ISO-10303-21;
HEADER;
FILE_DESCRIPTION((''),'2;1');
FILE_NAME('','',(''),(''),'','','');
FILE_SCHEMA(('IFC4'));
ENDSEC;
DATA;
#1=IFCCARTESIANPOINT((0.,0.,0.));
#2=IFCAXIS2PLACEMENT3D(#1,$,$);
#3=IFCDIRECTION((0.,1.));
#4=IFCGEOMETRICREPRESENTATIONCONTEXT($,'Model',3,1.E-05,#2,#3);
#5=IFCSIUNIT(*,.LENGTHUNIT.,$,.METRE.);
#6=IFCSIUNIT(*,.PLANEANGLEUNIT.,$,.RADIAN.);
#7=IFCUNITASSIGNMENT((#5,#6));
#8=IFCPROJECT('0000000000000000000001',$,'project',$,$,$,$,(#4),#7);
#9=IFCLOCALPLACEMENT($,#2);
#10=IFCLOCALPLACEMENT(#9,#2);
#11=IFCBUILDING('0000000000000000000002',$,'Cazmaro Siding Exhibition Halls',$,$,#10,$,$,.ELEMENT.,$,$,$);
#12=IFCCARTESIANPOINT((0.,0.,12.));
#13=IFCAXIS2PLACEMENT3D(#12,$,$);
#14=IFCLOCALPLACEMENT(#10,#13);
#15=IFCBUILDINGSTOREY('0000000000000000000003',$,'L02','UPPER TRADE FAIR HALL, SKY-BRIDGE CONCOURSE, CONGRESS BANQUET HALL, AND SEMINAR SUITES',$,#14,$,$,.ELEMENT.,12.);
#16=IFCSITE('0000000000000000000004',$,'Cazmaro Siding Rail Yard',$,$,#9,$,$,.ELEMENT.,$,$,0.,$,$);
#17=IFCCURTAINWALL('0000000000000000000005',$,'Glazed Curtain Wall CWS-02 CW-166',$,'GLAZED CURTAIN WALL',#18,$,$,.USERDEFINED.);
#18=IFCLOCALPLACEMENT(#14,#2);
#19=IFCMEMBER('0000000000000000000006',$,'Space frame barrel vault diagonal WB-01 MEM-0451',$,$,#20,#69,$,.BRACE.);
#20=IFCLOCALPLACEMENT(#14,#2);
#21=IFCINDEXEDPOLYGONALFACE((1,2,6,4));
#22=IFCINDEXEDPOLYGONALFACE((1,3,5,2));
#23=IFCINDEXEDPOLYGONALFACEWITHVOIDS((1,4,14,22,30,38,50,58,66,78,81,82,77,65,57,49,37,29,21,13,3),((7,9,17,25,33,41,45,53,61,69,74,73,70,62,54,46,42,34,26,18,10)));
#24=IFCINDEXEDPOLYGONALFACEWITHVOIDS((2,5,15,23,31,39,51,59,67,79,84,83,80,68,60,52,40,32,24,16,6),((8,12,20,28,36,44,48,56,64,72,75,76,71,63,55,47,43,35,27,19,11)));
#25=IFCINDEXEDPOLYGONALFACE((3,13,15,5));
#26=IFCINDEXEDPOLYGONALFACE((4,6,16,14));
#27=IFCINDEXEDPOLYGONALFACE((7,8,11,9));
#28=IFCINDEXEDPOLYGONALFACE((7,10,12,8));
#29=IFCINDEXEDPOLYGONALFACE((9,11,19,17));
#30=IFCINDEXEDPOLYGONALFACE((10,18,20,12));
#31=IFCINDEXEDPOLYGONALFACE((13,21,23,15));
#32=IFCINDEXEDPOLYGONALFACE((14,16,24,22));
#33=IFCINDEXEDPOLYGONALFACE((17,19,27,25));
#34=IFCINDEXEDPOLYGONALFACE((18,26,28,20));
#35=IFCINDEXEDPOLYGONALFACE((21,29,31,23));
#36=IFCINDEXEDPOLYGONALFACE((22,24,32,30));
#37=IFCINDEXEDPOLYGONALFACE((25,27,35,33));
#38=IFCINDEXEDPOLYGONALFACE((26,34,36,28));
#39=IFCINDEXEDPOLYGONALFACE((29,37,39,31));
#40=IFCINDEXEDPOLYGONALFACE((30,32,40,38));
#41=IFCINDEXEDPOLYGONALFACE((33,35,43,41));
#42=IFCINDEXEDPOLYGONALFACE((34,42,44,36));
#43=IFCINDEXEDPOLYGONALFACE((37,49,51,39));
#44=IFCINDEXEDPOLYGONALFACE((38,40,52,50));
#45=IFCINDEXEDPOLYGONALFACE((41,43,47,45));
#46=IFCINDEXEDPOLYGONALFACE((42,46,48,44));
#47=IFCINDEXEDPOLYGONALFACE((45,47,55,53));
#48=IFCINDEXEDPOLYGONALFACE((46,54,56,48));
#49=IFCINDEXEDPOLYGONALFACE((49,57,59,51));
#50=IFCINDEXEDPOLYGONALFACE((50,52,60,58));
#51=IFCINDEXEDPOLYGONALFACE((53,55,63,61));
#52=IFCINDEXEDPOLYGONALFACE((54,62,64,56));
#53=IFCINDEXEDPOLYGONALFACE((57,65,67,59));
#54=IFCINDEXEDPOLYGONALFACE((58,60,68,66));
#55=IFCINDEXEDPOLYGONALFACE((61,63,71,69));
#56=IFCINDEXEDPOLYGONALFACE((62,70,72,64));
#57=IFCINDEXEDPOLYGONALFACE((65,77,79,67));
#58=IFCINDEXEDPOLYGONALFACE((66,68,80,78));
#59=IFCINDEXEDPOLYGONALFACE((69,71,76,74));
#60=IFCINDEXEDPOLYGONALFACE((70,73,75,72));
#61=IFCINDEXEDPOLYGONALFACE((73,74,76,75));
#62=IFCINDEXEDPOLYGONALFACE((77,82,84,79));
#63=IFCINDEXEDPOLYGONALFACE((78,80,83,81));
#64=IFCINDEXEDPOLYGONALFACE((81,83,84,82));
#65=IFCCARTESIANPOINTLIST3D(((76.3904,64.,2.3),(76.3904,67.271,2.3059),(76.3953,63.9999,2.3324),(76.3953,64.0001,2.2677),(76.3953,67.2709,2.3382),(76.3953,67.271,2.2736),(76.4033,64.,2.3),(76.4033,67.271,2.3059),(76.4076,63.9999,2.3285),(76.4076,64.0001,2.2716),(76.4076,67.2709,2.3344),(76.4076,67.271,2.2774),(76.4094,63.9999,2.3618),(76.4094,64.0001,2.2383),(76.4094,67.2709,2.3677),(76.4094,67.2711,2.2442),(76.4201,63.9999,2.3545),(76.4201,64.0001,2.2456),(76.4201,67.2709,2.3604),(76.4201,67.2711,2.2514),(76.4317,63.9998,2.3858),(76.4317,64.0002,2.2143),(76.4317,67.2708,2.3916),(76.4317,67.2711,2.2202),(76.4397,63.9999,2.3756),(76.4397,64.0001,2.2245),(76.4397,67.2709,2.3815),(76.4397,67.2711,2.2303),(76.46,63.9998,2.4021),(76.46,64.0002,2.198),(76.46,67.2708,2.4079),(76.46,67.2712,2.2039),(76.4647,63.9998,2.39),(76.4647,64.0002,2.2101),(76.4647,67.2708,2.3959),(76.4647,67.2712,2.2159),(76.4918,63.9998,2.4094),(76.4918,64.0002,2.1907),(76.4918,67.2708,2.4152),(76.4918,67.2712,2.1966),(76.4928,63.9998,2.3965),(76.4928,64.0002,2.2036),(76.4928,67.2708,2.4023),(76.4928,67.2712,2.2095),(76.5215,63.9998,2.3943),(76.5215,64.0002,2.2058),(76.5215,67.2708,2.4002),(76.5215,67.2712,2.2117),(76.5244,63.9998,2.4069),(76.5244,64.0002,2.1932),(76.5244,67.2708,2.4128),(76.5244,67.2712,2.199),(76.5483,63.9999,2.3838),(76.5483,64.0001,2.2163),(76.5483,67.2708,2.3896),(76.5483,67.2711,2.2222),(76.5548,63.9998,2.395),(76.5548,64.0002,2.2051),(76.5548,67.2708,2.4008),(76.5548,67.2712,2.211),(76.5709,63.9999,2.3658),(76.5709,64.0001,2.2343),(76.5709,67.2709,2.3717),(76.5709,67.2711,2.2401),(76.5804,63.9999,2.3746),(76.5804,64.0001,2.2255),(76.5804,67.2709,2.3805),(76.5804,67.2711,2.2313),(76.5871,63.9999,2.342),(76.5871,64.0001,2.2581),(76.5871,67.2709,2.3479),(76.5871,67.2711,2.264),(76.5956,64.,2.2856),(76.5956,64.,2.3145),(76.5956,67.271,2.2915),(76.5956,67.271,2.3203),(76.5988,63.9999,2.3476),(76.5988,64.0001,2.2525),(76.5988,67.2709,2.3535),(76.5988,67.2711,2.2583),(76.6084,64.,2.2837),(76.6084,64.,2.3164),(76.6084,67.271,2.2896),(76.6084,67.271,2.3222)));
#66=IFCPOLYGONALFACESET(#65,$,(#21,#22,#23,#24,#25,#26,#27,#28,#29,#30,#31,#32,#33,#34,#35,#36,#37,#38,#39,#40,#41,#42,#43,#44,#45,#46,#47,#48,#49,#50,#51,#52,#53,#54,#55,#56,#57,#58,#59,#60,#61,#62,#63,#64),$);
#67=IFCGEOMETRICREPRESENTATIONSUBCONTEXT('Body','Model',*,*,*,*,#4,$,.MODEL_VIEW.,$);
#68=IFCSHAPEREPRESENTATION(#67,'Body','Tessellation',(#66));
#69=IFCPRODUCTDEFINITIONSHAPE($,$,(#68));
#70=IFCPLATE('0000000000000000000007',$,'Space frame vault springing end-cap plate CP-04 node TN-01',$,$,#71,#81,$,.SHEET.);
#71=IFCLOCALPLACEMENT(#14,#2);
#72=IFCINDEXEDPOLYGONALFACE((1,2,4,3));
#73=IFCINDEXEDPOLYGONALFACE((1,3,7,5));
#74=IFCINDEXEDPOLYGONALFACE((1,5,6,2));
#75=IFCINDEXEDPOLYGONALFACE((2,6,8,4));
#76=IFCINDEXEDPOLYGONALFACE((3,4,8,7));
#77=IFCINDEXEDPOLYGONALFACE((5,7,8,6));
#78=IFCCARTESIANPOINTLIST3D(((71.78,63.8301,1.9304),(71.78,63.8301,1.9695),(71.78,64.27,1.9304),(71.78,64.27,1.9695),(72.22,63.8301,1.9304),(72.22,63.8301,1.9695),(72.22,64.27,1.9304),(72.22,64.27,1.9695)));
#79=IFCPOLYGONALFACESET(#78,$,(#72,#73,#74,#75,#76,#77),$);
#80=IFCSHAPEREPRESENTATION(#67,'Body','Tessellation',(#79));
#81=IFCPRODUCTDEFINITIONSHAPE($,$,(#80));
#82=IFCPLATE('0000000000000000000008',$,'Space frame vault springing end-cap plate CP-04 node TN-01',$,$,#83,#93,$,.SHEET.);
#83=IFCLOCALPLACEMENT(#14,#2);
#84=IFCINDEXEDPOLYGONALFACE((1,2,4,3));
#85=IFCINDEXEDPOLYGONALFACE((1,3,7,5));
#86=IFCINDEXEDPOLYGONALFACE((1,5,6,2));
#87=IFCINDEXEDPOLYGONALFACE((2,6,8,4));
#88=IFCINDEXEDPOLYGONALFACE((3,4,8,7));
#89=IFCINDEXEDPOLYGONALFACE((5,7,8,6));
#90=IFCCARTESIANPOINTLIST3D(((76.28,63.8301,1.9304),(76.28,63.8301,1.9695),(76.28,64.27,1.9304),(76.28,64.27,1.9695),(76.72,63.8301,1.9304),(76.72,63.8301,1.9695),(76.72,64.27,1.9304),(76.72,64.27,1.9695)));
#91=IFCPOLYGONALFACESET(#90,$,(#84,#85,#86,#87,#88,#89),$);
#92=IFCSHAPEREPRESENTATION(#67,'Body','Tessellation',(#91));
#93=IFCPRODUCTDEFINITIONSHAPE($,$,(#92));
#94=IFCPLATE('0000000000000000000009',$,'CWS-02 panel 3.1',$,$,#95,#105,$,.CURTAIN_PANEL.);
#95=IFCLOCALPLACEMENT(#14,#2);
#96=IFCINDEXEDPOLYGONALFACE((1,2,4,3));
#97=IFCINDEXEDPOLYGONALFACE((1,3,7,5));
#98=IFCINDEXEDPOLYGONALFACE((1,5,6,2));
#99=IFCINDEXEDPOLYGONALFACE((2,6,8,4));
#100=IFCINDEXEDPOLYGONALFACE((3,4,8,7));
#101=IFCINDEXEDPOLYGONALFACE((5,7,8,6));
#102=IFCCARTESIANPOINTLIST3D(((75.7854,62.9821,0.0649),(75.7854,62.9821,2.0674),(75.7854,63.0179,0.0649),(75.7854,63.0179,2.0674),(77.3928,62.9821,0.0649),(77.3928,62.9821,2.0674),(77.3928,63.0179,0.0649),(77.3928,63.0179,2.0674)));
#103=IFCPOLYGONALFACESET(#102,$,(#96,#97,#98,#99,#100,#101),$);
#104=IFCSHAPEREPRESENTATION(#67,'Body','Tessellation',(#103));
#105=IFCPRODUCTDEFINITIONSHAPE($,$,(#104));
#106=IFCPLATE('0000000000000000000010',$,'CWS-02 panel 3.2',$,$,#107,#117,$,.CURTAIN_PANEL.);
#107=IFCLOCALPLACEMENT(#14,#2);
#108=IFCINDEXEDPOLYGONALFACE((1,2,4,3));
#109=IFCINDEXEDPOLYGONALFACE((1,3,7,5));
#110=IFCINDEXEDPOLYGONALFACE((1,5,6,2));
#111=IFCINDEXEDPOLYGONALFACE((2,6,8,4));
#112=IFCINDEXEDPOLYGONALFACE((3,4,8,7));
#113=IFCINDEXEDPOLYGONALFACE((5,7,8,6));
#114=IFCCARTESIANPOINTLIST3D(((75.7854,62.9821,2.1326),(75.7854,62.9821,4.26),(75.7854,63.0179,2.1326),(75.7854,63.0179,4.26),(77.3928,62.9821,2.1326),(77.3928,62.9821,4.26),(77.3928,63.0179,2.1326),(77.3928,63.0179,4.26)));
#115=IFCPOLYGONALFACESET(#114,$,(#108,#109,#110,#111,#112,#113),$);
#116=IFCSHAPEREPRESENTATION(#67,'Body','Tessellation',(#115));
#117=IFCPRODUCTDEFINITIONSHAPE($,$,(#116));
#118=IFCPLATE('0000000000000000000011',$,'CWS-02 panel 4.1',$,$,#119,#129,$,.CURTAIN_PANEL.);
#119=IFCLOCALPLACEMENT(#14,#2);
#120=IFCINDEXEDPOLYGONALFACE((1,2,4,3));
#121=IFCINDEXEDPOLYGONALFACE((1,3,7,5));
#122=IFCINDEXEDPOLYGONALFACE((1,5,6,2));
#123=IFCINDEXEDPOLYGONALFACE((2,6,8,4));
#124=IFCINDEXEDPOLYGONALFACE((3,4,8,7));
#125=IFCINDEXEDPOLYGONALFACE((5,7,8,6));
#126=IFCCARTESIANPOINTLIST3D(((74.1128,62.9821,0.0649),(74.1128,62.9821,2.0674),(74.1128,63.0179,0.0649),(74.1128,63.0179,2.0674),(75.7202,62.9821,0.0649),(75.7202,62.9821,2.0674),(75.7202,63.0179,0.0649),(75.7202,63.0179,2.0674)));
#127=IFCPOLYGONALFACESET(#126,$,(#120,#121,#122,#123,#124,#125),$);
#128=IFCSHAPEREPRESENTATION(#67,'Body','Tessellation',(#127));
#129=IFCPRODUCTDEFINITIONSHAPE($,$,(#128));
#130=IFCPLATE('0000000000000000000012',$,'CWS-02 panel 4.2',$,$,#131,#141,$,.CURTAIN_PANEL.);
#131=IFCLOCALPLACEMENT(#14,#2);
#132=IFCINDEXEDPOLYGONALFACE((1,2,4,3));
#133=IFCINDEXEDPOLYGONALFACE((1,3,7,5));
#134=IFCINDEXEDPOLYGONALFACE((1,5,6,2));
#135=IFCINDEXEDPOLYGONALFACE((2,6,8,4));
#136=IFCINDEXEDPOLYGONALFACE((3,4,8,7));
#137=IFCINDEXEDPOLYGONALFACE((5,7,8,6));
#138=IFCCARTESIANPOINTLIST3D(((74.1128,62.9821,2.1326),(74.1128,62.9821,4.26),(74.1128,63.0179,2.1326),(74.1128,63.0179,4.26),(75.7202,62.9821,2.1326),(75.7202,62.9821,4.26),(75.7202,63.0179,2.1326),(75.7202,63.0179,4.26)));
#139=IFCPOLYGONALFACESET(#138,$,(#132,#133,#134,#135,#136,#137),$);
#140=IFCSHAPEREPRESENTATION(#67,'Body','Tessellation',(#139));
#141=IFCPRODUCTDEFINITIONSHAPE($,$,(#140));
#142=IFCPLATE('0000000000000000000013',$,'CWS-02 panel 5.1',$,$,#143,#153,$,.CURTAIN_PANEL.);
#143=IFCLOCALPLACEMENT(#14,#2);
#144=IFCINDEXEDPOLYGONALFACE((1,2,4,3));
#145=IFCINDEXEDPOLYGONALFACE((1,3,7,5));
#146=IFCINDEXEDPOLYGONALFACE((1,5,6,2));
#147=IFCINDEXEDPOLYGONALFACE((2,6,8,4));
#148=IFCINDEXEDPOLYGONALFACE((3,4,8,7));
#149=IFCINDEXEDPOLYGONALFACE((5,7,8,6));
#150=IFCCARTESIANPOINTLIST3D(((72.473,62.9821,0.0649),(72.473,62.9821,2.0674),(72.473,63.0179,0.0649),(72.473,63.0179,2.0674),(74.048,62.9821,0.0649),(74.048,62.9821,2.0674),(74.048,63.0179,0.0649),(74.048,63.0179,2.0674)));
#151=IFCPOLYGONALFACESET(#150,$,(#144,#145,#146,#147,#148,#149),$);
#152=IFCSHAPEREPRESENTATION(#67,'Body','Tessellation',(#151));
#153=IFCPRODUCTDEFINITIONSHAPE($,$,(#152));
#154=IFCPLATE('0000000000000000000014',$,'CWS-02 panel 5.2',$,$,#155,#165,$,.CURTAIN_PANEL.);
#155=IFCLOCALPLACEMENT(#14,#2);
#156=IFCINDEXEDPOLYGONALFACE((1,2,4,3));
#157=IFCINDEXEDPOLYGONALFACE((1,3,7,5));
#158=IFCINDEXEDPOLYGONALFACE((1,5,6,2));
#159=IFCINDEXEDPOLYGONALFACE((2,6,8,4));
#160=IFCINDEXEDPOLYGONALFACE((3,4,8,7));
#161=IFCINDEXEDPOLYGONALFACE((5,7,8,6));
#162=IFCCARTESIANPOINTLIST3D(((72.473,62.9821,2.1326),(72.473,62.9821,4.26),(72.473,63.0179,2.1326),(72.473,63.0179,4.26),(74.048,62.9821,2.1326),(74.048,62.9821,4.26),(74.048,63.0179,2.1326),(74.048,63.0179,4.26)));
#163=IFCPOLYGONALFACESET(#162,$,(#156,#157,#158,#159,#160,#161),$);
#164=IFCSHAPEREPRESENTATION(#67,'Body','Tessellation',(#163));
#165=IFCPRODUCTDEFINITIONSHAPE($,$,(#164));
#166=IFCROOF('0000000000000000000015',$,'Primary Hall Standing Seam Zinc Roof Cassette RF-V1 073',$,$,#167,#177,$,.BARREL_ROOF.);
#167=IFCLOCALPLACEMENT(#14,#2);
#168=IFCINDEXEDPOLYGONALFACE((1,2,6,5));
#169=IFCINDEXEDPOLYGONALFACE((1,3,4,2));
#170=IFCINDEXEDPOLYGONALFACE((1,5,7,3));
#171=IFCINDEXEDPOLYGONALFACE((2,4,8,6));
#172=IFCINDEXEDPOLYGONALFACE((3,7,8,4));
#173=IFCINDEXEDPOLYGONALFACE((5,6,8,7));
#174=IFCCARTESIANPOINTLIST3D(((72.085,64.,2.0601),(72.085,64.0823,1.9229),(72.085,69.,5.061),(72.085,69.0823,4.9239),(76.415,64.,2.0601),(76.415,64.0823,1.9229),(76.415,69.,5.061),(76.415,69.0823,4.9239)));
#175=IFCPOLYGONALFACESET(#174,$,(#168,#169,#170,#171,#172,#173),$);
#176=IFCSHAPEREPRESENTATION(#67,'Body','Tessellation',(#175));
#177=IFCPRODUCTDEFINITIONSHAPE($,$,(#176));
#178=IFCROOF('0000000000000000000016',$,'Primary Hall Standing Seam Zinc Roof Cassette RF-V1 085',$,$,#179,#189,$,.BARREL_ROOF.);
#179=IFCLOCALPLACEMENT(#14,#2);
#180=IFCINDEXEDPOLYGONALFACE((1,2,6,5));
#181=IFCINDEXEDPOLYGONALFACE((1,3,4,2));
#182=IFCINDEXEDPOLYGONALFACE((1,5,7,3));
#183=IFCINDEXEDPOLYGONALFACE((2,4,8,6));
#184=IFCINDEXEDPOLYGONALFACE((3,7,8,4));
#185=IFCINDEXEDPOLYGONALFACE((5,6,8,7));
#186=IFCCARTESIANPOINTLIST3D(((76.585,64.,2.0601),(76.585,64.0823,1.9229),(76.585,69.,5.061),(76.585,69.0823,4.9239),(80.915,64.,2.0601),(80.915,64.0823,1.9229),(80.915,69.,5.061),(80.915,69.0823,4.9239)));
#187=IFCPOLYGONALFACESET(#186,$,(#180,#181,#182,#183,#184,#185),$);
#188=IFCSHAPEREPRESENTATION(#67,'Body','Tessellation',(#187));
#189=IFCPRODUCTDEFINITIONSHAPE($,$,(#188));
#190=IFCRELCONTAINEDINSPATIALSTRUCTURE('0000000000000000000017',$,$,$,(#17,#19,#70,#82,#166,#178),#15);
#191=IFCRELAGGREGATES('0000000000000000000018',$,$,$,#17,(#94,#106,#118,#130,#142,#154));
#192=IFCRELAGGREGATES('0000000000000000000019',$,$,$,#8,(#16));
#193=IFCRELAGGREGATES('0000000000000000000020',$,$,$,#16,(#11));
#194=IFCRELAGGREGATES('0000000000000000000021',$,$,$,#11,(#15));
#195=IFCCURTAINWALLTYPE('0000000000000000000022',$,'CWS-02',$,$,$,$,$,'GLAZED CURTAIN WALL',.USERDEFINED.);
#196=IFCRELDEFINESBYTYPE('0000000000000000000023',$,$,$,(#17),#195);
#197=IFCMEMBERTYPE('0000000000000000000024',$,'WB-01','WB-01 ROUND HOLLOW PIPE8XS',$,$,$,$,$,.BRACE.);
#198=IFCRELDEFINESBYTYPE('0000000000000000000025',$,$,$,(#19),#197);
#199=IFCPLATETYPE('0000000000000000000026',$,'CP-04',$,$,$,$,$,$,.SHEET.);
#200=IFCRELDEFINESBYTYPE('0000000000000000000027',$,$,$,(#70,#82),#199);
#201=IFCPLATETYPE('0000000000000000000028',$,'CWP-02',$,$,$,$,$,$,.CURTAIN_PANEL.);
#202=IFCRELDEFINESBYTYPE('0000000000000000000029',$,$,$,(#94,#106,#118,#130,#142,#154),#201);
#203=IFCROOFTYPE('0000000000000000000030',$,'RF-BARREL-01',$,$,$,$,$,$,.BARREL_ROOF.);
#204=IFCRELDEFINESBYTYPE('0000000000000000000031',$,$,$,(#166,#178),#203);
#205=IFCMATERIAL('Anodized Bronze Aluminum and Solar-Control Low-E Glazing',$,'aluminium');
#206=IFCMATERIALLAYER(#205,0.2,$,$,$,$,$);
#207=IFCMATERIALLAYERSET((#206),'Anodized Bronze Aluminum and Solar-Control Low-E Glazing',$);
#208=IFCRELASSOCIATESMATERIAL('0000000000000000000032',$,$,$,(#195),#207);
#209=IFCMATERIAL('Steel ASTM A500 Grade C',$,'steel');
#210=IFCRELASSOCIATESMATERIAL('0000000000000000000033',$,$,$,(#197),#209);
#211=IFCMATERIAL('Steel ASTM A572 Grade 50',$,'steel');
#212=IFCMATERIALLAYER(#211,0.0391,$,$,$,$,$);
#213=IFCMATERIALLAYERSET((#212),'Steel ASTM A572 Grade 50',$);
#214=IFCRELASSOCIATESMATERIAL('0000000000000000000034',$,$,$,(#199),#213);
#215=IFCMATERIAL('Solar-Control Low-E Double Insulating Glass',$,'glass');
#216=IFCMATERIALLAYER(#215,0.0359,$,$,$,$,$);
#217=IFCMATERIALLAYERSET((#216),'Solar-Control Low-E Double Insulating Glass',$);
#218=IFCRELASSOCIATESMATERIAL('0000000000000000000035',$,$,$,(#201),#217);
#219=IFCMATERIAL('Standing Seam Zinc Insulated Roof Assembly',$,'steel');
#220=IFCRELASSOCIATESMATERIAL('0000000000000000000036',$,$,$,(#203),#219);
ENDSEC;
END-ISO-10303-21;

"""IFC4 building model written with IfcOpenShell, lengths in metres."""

from ifc_helpers import new_model, si_unit, direction, frame, origin, origin_2d, place, context, subcontext, project, spatial, polyline, rectangle, hollow_circle, outline, extrude, material, layer, layer_set, material_profile, profile_set, type_object, element, aggregate, save


model = new_model("IFC4")

# Units and contexts
model_context = context("Model", 3, precision=1e-05, world=origin(), true_north=direction((0.0, 1.0)))
body_context = subcontext(model_context, "Body", "Model", "MODEL_VIEW")
ifc_project = project(units=[si_unit("LENGTHUNIT", "METRE"), si_unit("PLANEANGLEUNIT", "RADIAN")], contexts=[model_context])

# Site, building, storey
site_placement = place(None, origin())
site = spatial("IfcSite", under=ifc_project, at=site_placement, Name="Cazmaro Siding Rail Yard", CompositionType="ELEMENT", RefElevation=0.0)
building_placement = place(site_placement, origin())
building = spatial("IfcBuilding", under=site, at=building_placement, Name="Cazmaro Siding Exhibition Halls", CompositionType="ELEMENT")
storey_placement = place(building_placement, frame((0.0, 0.0, 12.0)))
storey = spatial("IfcBuildingStorey", under=building, at=storey_placement, Name="L02", Description="UPPER TRADE FAIR HALL, SKY-BRIDGE CONCOURSE, CONGRESS BANQUET HALL, AND SEMINAR SUITES", CompositionType="ELEMENT", Elevation=12.0)

# Shared definitions
ifc_material_1 = material(Name="Anodized Bronze Aluminum and Solar-Control Low-E Glazing", Category="aluminium")
ifc_layer_1 = layer(ifc_material_1, 0.2)
ifc_layer_set_1 = layer_set([ifc_layer_1], Name="Anodized Bronze Aluminum and Solar-Control Low-E Glazing")
curtain_wall_type_1 = type_object("IfcCurtainWallType", Name="CWS-02", ElementType="GLAZED CURTAIN WALL", PredefinedType="USERDEFINED", material=ifc_layer_set_1)

# Curtain wall
curtain_wall_1_placement = place(storey_placement, origin())
curtain_wall_1 = element("IfcCurtainWall", 1, at=curtain_wall_1_placement, inside=storey, type_object=curtain_wall_type_1, Name="Glazed Curtain Wall CWS-02 CW-166", ObjectType="GLAZED CURTAIN WALL", PredefinedType="USERDEFINED")

# Member
ifc_material_2 = material(Name="Steel ASTM A500 Grade C", Category="steel")
ifc_material_profile_1 = material_profile(ifc_material_2, hollow_circle(Radius=0.1096, WallThickness=0.0129, at=origin_2d()), Name="PIPE8XS")
ifc_profile_set_1 = profile_set([ifc_material_profile_1], Name="Steel ASTM A500 Grade C")
member_type_1 = type_object("IfcMemberType", Name="WB-01", Description="WB-01 ROUND HOLLOW PIPE8XS", PredefinedType="BRACE", material=ifc_profile_set_1)
for number, where, z_axis, x_axis, name in (
    (2, (76.5, 64.0, 2.3), (0.0, 0.999998, 0.001791), (-1.0, 0.0, 0.0), "Space frame barrel vault diagonal WB-01 MEM-0451"),
):
    element("IfcMember", number, at=place(storey_placement, frame(where, z_axis=z_axis, x_axis=x_axis)), inside=storey, type_object=member_type_1, Name=name, PredefinedType="BRACE", context=body_context, shape_type="SweptSolid", body=[
        extrude(hollow_circle(Radius=0.1096, WallThickness=0.0129, at=origin_2d()), origin(), (0.0, 0.0, 1.0), 3.271),
    ])

# Plates
ifc_material_3 = material(Name="Steel ASTM A572 Grade 50", Category="steel")
ifc_layer_2 = layer(ifc_material_3, 0.0391)
ifc_layer_set_2 = layer_set([ifc_layer_2], Name="Steel ASTM A572 Grade 50")
plate_type_1 = type_object("IfcPlateType", Name="CP-04", PredefinedType="SHEET", material=ifc_layer_set_2)
for number, where, z_axis, x_axis, name in (
    (3, (72.0, 64.05, 1.9304), (0.0, 0.0, 1.0), (1.0, 0.0, 0.0), "Space frame vault springing end-cap plate CP-04 node TN-01"),
    (4, (76.5, 64.05, 1.9304), (0.0, 0.0, 1.0), (1.0, 0.0, 0.0), "Space frame vault springing end-cap plate CP-04 node TN-01"),
):
    element("IfcPlate", number, at=place(storey_placement, frame(where, z_axis=z_axis, x_axis=x_axis)), inside=storey, type_object=plate_type_1, Name=name, PredefinedType="SHEET", context=body_context, shape_type="SweptSolid", body=[
        extrude(rectangle(XDim=0.4399, YDim=0.4399, at=origin_2d()), origin(), (0.0, 0.0, 1.0), 0.0391),
    ])

# Plates
ifc_material_4 = material(Name="Solar-Control Low-E Double Insulating Glass", Category="glass")
ifc_layer_3 = layer(ifc_material_4, 0.0359)
ifc_layer_set_3 = layer_set([ifc_layer_3], Name="Solar-Control Low-E Double Insulating Glass")
plate_type_2 = type_object("IfcPlateType", Name="CWP-02", PredefinedType="CURTAIN_PANEL", material=ifc_layer_set_3)
plate_1_placement = place(storey_placement, frame((76.5891, 63.0, 0.0649), z_axis=(0.0, 0.0, 1.0), x_axis=(-1.0, 0.0, 0.0)))
plate_1 = element("IfcPlate", 5, at=plate_1_placement, type_object=plate_type_2, Name="CWS-02 panel 3.1", PredefinedType="CURTAIN_PANEL", context=body_context, shape_type="SweptSolid", body=[
    extrude(rectangle(XDim=1.6074, YDim=0.0359, at=origin_2d()), origin(), (0.0, 0.0, 1.0), 2.0024),
])
plate_2_placement = place(storey_placement, frame((76.5891, 63.0, 2.1326), z_axis=(0.0, 0.0, 1.0), x_axis=(-1.0, 0.0, 0.0)))
plate_2 = element("IfcPlate", 6, at=plate_2_placement, type_object=plate_type_2, Name="CWS-02 panel 3.2", PredefinedType="CURTAIN_PANEL", context=body_context, shape_type="SweptSolid", body=[
    extrude(rectangle(XDim=1.6074, YDim=0.0359, at=origin_2d()), origin(), (0.0, 0.0, 1.0), 2.1274),
])
plate_3_placement = place(storey_placement, frame((74.9165, 63.0, 0.0649), z_axis=(0.0, 0.0, 1.0), x_axis=(-1.0, 0.0, 0.0)))
plate_3 = element("IfcPlate", 7, at=plate_3_placement, type_object=plate_type_2, Name="CWS-02 panel 4.1", PredefinedType="CURTAIN_PANEL", context=body_context, shape_type="SweptSolid", body=[
    extrude(rectangle(XDim=1.6074, YDim=0.0359, at=origin_2d()), origin(), (0.0, 0.0, 1.0), 2.0024),
])
plate_4_placement = place(storey_placement, frame((74.9165, 63.0, 2.1326), z_axis=(0.0, 0.0, 1.0), x_axis=(-1.0, 0.0, 0.0)))
plate_4 = element("IfcPlate", 8, at=plate_4_placement, type_object=plate_type_2, Name="CWS-02 panel 4.2", PredefinedType="CURTAIN_PANEL", context=body_context, shape_type="SweptSolid", body=[
    extrude(rectangle(XDim=1.6074, YDim=0.0359, at=origin_2d()), origin(), (0.0, 0.0, 1.0), 2.1274),
])
plate_5_placement = place(storey_placement, frame((73.2605, 63.0, 0.0649), z_axis=(0.0, 0.0, 1.0), x_axis=(-1.0, 0.0, 0.0)))
plate_5 = element("IfcPlate", 9, at=plate_5_placement, type_object=plate_type_2, Name="CWS-02 panel 5.1", PredefinedType="CURTAIN_PANEL", context=body_context, shape_type="SweptSolid", body=[
    extrude(rectangle(XDim=1.575, YDim=0.0359, at=origin_2d()), origin(), (0.0, 0.0, 1.0), 2.0024),
])
plate_6_placement = place(storey_placement, frame((73.2605, 63.0, 2.1326), z_axis=(0.0, 0.0, 1.0), x_axis=(-1.0, 0.0, 0.0)))
plate_6 = element("IfcPlate", 10, at=plate_6_placement, type_object=plate_type_2, Name="CWS-02 panel 5.2", PredefinedType="CURTAIN_PANEL", context=body_context, shape_type="SweptSolid", body=[
    extrude(rectangle(XDim=1.575, YDim=0.0359, at=origin_2d()), origin(), (0.0, 0.0, 1.0), 2.1274),
])
aggregate(curtain_wall_1, [plate_1, plate_2, plate_3, plate_4, plate_5, plate_6])

# Roofs
ifc_material_5 = material(Name="Standing Seam Zinc Insulated Roof Assembly", Category="steel")
roof_type = type_object("IfcRoofType", Name="RF-BARREL-01", PredefinedType="BARREL_ROOF", material=ifc_material_5)
for number, where, z_axis, x_axis, name in (
    (11, (72.085, 64.0, 2.0601), (0.0, -0.514619, 0.857419), (1.0, 0.0, 0.0), "Primary Hall Standing Seam Zinc Roof Cassette RF-V1 073"),
    (12, (76.585, 64.0, 2.0601), (0.0, -0.514619, 0.857419), (1.0, 0.0, 0.0), "Primary Hall Standing Seam Zinc Roof Cassette RF-V1 085"),
):
    element("IfcRoof", number, at=place(storey_placement, frame(where, z_axis=z_axis, x_axis=x_axis)), inside=storey, type_object=roof_type, Name=name, PredefinedType="BARREL_ROOF", context=body_context, shape_type="SweptSolid", body=[
        extrude(outline(polyline([(0.0, 0.0), (4.3301, 0.0), (4.3301, 5.8315), (0.0, 5.8315), (0.0, 0.0)])), origin(), (0.0, 0.0, -1.0), 0.1599),
    ])

save(model, "model.ifc")
